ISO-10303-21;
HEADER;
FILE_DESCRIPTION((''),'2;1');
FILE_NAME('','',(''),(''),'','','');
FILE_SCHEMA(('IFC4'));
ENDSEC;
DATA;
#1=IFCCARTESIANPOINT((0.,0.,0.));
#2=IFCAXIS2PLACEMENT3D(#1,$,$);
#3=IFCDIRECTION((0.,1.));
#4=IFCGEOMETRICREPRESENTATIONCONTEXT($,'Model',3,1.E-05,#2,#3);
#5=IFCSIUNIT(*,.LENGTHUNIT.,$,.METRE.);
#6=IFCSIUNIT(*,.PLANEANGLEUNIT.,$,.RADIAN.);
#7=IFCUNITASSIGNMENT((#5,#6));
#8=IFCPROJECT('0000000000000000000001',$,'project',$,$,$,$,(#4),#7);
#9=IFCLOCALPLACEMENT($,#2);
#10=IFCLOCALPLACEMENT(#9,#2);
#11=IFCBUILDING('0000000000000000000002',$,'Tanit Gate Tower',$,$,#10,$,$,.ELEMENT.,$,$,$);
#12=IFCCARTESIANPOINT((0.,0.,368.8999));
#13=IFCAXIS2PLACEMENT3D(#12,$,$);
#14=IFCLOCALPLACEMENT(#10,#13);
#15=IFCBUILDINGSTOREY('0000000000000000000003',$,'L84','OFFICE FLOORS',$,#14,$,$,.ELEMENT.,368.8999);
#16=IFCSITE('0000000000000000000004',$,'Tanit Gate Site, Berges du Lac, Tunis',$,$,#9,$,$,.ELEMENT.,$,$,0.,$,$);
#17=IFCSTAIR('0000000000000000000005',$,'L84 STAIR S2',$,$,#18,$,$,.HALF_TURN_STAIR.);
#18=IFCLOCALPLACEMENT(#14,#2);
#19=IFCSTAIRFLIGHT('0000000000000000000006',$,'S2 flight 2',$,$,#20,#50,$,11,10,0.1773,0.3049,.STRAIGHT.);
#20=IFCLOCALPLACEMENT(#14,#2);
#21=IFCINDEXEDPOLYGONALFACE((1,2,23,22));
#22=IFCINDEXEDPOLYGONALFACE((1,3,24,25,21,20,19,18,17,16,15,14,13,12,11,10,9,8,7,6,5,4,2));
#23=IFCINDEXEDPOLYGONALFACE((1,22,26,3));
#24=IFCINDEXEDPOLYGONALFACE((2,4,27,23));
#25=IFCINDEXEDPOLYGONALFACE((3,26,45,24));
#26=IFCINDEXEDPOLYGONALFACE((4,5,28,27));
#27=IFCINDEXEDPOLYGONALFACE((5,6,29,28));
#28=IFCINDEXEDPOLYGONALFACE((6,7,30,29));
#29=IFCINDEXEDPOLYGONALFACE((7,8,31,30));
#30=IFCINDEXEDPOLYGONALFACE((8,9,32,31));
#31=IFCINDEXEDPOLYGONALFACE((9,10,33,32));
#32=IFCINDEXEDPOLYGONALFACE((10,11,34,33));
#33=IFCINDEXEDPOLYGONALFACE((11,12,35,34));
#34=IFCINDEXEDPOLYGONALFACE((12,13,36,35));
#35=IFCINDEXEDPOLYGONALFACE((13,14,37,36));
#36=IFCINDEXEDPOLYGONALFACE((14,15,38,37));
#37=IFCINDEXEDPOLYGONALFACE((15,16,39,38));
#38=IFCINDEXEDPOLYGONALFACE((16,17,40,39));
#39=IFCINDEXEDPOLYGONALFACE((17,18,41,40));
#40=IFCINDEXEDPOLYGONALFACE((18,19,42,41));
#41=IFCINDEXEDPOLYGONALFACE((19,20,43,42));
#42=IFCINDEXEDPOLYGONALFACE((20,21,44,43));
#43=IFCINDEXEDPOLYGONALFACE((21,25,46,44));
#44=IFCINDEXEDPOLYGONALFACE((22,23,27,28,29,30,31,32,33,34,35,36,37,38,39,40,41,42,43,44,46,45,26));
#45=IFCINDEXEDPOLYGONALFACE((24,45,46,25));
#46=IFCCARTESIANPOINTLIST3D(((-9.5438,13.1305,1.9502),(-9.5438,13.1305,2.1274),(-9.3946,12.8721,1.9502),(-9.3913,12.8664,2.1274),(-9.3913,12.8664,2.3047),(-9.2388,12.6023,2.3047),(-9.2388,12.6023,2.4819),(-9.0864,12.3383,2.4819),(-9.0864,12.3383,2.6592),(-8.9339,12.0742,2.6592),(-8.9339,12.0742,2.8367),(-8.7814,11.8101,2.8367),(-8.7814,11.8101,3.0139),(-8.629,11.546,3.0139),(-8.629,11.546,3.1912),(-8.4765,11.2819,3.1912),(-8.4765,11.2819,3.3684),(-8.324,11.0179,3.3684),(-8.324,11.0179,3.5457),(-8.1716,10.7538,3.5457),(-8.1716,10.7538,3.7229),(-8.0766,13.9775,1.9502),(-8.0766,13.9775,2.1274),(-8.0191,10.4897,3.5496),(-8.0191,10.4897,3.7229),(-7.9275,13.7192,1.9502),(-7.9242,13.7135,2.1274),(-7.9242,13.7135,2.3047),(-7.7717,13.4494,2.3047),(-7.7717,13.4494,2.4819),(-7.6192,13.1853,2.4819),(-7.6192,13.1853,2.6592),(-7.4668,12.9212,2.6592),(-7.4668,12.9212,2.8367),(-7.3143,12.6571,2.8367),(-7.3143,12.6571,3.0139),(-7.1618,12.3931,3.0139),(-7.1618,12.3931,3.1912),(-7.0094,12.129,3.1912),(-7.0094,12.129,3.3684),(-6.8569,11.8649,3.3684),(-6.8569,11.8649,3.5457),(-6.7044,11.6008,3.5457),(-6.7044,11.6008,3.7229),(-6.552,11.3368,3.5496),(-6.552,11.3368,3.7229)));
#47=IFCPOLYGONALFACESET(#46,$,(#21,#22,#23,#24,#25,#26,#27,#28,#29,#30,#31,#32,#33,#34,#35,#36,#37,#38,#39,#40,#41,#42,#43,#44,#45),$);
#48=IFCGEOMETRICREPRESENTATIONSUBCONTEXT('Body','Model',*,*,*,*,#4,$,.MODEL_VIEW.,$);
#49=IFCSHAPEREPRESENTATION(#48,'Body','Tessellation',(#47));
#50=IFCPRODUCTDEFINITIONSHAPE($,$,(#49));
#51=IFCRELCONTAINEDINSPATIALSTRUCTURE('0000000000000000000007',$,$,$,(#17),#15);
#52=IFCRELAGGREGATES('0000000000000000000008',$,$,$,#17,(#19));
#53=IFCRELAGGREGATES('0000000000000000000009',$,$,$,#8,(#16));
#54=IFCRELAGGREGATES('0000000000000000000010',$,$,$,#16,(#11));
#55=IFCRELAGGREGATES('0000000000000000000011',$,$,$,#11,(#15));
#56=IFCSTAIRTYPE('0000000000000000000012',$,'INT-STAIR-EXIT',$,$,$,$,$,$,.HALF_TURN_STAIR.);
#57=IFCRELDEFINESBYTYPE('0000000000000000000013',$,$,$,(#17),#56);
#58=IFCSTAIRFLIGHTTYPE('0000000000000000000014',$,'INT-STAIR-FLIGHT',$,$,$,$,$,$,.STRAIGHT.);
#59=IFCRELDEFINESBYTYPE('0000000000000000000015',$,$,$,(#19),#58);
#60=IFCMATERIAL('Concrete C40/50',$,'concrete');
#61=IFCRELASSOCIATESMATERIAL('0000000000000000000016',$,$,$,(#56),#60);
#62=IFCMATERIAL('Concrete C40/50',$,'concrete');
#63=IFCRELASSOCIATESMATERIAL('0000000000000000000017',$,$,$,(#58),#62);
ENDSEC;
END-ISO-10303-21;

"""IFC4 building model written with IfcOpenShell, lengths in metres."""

from ifc_helpers import new_model, si_unit, direction, frame, origin, place, context, subcontext, project, spatial, polyline, outline, extrude, material, type_object, element, aggregate, save


model = new_model("IFC4")

# Units and contexts
model_context = context("Model", 3, precision=1e-05, world=origin(), true_north=direction((0.0, 1.0)))
body_context = subcontext(model_context, "Body", "Model", "MODEL_VIEW")
ifc_project = project(units=[si_unit("LENGTHUNIT", "METRE"), si_unit("PLANEANGLEUNIT", "RADIAN")], contexts=[model_context])

# Site, building, storey
site_placement = place(None, origin())
site = spatial("IfcSite", under=ifc_project, at=site_placement, Name="Tanit Gate Site, Berges du Lac, Tunis", CompositionType="ELEMENT", RefElevation=0.0)
building_placement = place(site_placement, origin())
building = spatial("IfcBuilding", under=site, at=building_placement, Name="Tanit Gate Tower", CompositionType="ELEMENT")
storey_placement = place(building_placement, frame((0.0, 0.0, 368.8999)))
storey = spatial("IfcBuildingStorey", under=building, at=storey_placement, Name="L84", Description="OFFICE FLOORS", CompositionType="ELEMENT", Elevation=368.8999)

# Stair, stair flight
ifc_material_1 = material(Name="Concrete C40/50", Category="concrete")
stair_type = type_object("IfcStairType", Name="INT-STAIR-EXIT", PredefinedType="HALF_TURN_STAIR", material=ifc_material_1)
stair_placement = place(storey_placement, origin())
stair = element("IfcStair", 1, at=stair_placement, inside=storey, type_object=stair_type, Name="L84 STAIR S2", PredefinedType="HALF_TURN_STAIR")
ifc_material_2 = material(Name="Concrete C40/50", Category="concrete")
stair_flight_type = type_object("IfcStairFlightType", Name="INT-STAIR-FLIGHT", PredefinedType="STRAIGHT", material=ifc_material_2)
stair_flight_placement = place(storey_placement, frame((-8.8103, 13.554, 1.9502), z_axis=(0.0, 0.0, 1.0), x_axis=(0.5, -0.866025, 0.0)))
stair_flight = element("IfcStairFlight", 2, at=stair_flight_placement, type_object=stair_flight_type, Name="S2 flight 2", NumberOfRisers=11, NumberOfTreads=10, PredefinedType="STRAIGHT", RiserHeight=0.1773, TreadLength=0.3049, context=body_context, shape_type="SweptSolid", body=[
    extrude(outline(polyline([(0.0, 0.0), (0.0, 0.1772), (0.3049, 0.1772), (0.3049, 0.3545), (0.6099, 0.3545), (0.6099, 0.5317), (0.9148, 0.5317), (0.9148, 0.709), (1.2197, 0.709), (1.2197, 0.8865), (1.5247, 0.8865), (1.5247, 1.0637), (1.8296, 1.0637), (1.8296, 1.241), (2.1345, 1.241), (2.1345, 1.4182), (2.4395, 1.4182), (2.4395, 1.5955), (2.7444, 1.5955), (2.7444, 1.7727), (3.0493, 1.7727), (3.0493, 1.95), (3.0493, 1.5994), (0.2983, 0.0), (0.0, 0.0)])), frame((0.0, 0.8472, 0.0), z_axis=(0.0, -1.0, 0.0), x_axis=(1.0, 0.0, 0.0)), (0.0, 0.0, 1.0), 1.6941),
])
aggregate(stair, [stair_flight])

save(model, "model.ifc")
